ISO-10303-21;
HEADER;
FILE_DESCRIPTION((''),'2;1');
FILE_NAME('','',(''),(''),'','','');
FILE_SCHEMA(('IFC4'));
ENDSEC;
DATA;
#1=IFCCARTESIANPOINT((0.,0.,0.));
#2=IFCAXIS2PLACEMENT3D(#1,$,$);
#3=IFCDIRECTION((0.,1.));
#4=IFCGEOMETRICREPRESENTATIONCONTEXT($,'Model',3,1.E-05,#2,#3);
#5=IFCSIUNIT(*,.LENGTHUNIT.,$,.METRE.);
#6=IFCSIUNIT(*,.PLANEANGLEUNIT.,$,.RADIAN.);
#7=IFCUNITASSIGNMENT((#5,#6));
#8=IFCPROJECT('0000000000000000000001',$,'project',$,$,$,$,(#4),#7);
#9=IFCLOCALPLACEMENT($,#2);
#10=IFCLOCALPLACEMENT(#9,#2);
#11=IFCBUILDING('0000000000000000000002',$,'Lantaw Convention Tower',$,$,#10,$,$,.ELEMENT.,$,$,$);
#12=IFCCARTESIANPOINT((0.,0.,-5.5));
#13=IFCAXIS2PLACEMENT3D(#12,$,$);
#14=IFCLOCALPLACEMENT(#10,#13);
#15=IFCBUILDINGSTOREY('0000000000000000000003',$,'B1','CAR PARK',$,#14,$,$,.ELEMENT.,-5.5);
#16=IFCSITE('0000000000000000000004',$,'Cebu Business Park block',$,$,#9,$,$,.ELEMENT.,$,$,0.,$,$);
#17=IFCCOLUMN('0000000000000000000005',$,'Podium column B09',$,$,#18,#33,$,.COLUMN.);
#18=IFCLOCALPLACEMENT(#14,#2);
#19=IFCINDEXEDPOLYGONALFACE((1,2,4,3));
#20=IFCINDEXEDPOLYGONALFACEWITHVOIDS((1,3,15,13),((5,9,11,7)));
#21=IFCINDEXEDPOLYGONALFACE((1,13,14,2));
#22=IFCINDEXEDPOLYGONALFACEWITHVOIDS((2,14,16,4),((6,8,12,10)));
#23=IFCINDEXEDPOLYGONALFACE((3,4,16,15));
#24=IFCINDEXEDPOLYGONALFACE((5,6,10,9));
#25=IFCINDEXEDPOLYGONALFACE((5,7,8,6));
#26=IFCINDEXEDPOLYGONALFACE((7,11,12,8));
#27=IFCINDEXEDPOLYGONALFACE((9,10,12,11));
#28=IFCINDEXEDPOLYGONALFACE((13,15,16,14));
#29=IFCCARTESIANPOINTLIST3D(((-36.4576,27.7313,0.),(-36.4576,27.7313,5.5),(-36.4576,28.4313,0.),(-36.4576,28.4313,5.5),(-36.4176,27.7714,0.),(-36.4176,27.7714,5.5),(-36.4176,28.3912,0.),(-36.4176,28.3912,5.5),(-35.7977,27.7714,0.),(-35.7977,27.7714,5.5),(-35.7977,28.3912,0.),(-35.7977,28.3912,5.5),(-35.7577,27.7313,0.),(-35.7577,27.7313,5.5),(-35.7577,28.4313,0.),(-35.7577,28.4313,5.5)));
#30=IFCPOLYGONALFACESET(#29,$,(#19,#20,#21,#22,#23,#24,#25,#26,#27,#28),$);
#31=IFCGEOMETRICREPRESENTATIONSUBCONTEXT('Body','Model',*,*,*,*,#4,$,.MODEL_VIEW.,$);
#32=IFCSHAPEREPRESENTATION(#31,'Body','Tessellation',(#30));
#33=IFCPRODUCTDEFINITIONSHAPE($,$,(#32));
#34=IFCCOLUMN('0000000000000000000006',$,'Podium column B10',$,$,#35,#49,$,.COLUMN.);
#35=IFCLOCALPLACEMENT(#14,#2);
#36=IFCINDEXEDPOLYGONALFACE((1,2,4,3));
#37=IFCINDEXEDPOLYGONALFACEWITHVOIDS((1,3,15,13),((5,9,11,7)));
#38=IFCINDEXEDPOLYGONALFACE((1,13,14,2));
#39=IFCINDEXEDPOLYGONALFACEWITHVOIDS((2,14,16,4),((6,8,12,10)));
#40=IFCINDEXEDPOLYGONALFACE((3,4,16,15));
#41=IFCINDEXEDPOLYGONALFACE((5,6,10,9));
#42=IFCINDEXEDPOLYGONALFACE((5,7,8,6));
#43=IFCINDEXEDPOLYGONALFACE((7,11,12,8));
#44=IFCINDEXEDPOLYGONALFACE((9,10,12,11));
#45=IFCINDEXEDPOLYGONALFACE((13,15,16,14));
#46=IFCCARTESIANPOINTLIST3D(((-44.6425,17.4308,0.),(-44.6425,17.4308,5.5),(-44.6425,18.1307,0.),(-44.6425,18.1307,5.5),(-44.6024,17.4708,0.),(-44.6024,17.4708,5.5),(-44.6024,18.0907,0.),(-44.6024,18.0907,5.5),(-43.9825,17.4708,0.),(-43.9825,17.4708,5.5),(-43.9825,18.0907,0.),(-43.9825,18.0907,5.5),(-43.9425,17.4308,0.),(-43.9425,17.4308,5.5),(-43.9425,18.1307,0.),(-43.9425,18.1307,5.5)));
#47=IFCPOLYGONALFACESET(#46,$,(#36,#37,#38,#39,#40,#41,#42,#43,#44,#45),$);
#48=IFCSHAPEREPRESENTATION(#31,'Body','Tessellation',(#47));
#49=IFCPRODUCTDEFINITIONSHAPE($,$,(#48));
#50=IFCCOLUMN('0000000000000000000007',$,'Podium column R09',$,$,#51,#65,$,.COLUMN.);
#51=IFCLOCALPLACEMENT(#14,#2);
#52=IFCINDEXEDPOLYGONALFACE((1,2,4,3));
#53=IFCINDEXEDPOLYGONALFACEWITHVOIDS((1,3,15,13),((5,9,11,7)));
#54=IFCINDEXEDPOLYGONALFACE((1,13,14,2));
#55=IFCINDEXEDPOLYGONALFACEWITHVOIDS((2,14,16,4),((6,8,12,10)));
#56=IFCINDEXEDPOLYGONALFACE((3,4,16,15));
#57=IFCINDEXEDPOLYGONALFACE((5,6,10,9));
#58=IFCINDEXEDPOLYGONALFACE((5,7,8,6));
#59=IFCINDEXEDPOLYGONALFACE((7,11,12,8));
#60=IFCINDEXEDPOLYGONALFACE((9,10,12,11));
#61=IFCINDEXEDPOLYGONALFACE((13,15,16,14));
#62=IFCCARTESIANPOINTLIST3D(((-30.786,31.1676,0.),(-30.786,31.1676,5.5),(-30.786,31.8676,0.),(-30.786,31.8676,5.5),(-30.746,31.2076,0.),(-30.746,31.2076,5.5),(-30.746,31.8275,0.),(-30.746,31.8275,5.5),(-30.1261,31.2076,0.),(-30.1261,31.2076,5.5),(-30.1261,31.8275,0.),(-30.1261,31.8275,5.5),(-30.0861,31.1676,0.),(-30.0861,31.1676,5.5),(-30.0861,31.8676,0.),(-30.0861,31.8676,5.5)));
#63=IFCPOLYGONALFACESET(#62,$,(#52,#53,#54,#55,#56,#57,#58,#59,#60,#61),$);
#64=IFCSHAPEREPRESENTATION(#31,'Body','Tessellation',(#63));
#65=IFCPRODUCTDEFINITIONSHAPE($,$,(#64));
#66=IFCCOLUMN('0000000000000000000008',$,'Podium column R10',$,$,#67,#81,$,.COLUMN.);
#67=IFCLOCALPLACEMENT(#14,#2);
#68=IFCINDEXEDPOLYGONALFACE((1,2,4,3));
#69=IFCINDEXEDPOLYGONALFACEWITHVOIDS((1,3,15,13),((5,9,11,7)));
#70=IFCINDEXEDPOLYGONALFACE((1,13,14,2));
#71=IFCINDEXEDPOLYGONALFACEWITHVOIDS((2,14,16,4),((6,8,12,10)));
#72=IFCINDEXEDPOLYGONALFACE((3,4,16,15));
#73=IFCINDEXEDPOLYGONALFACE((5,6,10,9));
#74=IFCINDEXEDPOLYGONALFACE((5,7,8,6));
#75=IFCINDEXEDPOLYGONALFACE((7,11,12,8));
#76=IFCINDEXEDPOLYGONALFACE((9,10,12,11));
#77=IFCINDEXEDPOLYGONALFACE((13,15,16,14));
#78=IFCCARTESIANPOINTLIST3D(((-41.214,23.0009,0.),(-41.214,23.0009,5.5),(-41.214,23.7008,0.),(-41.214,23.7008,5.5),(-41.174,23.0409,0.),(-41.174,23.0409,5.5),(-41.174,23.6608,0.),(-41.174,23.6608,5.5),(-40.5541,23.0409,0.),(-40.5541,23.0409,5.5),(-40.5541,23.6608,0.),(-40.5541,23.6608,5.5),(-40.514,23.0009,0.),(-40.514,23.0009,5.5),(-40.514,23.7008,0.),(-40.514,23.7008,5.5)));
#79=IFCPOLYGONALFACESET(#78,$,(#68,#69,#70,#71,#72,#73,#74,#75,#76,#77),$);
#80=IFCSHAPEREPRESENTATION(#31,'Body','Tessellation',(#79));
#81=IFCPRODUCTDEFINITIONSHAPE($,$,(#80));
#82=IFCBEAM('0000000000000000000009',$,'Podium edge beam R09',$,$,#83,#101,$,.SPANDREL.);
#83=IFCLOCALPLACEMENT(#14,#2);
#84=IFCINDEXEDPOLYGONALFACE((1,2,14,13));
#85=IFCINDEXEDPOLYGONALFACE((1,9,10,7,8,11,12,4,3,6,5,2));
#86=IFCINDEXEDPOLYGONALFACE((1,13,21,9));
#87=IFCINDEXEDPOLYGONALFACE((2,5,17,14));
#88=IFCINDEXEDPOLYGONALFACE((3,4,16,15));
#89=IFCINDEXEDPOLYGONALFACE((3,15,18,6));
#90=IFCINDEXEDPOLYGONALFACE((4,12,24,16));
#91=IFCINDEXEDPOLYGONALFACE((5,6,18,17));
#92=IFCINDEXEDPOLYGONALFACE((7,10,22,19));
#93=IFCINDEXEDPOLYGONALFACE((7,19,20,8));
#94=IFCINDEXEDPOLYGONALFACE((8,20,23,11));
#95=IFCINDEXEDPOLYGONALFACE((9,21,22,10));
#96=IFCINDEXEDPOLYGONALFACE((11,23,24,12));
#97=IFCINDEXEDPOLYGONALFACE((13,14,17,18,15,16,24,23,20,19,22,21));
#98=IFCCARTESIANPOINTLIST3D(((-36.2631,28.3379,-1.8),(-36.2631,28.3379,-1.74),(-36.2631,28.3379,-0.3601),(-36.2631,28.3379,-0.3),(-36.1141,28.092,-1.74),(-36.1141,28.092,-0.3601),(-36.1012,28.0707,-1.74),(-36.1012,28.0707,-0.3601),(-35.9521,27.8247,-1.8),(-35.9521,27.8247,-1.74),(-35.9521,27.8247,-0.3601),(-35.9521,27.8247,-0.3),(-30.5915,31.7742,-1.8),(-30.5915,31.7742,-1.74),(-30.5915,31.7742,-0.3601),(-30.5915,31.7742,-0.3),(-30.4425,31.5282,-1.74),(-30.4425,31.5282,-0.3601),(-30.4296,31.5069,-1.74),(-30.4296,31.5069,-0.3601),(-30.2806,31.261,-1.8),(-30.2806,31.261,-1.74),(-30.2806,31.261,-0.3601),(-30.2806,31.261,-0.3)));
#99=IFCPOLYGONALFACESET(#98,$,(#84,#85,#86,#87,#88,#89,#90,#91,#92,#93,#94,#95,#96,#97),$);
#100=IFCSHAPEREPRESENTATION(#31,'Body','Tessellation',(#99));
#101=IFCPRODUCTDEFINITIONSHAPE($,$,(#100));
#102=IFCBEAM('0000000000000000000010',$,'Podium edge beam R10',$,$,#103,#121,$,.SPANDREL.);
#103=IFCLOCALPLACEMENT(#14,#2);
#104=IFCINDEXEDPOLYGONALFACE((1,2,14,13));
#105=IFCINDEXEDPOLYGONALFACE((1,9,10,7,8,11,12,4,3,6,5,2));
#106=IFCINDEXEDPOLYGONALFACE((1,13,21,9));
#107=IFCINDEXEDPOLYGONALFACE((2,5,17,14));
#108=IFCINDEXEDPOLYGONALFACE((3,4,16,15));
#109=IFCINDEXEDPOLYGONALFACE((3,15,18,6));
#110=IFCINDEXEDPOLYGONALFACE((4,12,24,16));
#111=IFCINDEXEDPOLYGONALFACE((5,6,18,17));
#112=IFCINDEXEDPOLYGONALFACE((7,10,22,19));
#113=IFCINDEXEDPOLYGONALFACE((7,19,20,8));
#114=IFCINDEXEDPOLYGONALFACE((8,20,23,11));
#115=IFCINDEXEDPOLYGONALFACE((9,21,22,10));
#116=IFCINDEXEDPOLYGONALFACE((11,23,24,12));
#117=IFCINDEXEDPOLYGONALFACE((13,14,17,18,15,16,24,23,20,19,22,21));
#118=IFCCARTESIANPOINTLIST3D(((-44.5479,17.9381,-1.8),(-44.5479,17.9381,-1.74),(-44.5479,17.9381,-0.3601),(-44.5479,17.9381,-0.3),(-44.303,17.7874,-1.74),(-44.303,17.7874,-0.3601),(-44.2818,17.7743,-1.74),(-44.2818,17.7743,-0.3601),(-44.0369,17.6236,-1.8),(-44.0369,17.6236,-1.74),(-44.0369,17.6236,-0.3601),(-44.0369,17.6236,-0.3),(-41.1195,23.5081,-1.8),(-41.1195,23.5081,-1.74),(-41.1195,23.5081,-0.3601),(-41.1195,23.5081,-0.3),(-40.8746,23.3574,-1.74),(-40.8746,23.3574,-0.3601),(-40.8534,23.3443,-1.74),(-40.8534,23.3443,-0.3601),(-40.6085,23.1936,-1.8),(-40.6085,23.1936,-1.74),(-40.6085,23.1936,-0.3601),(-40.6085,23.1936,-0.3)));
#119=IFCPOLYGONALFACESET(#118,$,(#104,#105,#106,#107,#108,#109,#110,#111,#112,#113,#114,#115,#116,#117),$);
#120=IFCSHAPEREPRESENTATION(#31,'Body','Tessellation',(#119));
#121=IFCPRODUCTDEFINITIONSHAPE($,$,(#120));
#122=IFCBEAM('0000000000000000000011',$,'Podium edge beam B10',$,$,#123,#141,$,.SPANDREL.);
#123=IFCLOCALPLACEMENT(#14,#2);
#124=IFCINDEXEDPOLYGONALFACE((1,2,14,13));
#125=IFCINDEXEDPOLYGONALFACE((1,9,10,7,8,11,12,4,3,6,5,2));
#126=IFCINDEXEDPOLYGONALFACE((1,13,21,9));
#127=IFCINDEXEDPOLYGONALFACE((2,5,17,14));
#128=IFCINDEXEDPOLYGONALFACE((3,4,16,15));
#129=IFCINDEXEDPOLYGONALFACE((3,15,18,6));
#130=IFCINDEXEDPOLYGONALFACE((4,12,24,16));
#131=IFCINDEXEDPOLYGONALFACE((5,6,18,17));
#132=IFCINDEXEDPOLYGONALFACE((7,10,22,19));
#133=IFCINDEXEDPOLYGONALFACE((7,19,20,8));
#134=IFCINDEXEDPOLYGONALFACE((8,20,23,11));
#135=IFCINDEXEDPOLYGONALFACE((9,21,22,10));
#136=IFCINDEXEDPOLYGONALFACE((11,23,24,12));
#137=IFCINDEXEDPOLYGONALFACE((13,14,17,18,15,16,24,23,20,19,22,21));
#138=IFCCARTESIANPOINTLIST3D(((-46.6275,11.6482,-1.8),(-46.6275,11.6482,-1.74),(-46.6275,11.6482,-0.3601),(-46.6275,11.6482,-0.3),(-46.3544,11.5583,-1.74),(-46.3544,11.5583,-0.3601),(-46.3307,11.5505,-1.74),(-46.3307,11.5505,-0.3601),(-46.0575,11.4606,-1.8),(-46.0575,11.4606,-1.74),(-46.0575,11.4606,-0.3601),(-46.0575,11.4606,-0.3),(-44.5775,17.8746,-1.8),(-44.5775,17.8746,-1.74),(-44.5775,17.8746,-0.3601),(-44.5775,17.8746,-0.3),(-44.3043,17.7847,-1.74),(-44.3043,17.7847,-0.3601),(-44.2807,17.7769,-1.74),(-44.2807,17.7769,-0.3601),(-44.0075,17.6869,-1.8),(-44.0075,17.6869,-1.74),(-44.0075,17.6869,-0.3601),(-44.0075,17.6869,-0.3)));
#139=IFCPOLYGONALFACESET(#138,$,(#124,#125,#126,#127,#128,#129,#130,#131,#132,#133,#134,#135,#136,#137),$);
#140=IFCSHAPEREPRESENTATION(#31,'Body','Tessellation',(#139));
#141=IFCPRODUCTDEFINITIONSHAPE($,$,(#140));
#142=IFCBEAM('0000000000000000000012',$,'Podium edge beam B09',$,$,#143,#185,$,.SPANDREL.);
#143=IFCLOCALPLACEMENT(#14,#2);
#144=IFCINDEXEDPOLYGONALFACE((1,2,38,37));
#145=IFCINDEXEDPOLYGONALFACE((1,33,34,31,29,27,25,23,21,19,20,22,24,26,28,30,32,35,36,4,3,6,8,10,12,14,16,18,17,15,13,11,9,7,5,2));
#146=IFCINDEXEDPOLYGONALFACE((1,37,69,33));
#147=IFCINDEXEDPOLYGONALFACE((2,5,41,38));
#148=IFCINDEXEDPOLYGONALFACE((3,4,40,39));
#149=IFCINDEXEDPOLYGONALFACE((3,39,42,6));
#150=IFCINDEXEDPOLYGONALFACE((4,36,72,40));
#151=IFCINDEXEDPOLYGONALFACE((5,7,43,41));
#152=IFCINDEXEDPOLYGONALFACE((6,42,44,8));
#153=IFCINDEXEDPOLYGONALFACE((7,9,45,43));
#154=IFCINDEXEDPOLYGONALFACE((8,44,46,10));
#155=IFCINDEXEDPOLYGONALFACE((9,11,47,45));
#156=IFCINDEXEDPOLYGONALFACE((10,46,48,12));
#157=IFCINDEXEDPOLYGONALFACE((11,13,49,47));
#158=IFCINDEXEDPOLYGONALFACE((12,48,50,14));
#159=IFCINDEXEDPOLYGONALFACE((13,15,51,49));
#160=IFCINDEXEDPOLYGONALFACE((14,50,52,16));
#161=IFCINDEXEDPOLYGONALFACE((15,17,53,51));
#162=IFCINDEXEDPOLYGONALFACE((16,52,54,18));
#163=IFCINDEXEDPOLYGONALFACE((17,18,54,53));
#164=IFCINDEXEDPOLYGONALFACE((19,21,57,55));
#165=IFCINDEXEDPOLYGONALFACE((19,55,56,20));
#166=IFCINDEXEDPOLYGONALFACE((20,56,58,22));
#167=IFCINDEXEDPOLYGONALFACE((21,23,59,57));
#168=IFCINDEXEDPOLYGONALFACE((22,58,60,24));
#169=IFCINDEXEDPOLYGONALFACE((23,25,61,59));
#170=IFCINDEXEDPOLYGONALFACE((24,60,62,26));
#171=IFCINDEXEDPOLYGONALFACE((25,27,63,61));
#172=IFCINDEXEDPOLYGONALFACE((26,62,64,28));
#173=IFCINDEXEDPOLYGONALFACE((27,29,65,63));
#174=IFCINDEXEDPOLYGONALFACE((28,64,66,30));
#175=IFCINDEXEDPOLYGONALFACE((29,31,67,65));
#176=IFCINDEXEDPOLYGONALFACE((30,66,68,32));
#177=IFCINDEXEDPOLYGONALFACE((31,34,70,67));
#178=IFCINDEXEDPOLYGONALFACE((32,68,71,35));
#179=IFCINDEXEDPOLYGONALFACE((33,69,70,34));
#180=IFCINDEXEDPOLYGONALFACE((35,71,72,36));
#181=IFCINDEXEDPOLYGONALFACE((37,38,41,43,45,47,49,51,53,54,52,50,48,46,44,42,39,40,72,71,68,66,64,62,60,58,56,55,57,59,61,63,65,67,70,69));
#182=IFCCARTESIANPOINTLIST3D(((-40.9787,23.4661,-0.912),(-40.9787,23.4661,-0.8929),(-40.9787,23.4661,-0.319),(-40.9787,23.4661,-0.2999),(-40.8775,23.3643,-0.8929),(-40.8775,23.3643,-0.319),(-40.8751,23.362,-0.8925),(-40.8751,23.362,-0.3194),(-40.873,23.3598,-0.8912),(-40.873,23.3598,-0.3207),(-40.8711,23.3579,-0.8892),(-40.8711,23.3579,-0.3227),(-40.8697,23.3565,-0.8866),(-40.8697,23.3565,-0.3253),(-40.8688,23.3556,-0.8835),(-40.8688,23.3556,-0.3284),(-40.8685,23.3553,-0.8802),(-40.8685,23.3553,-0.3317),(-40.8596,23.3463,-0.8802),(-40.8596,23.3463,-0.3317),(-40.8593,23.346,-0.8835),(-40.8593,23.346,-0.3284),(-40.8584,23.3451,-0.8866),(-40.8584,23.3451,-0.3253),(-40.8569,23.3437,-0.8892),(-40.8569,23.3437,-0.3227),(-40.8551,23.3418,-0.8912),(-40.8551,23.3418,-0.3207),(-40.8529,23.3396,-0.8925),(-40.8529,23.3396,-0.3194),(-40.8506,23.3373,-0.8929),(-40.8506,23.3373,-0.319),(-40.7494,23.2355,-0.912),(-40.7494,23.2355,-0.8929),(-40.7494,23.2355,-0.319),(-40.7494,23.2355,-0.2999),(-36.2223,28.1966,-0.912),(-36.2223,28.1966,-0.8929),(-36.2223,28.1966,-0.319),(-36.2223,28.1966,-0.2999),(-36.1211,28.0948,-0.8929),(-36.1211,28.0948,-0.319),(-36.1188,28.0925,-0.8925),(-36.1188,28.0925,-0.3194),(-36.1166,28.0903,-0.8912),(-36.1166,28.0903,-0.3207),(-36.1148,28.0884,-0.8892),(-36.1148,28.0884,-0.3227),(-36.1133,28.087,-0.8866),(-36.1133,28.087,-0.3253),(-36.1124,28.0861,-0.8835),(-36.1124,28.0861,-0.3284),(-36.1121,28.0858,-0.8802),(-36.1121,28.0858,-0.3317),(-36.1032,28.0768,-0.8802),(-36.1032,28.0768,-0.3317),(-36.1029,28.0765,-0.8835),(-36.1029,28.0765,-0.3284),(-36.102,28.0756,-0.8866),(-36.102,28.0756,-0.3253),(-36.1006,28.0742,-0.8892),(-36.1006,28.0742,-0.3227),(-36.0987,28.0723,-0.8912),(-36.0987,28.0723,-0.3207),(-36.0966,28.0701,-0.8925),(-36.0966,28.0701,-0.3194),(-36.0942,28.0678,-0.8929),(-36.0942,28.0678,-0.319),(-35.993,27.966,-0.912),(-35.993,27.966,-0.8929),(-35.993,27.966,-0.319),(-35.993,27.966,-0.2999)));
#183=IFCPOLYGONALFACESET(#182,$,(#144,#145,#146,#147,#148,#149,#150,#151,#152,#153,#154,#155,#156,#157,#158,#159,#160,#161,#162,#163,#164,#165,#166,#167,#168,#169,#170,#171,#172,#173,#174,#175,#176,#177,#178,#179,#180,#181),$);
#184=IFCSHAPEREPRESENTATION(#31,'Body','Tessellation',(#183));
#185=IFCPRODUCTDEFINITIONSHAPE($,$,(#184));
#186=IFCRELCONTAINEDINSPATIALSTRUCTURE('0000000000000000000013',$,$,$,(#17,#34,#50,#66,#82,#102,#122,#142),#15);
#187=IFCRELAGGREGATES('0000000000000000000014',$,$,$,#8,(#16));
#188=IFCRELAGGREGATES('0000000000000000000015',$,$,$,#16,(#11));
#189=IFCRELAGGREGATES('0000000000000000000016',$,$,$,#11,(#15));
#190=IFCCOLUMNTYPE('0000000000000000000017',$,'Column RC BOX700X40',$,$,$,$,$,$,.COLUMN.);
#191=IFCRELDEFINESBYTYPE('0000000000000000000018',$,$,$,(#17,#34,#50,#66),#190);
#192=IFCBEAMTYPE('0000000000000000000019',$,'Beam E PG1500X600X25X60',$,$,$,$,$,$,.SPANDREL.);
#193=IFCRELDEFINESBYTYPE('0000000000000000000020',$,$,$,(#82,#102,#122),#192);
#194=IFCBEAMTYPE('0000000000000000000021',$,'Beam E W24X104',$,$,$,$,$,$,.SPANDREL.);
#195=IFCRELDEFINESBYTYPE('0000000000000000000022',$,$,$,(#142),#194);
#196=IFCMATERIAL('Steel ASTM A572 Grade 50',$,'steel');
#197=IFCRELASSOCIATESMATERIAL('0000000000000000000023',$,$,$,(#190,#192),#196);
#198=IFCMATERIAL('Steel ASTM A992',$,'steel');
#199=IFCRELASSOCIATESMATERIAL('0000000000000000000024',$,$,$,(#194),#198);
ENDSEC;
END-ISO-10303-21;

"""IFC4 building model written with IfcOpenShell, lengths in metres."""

from ifc_helpers import new_model, si_unit, direction, frame, origin, origin_2d, place, context, subcontext, project, spatial, hollow_rectangle, i_section, extrude, material, material_profile, profile_set, type_object, element, save


model = new_model("IFC4")

# Units and contexts
model_context = context("Model", 3, precision=1e-05, world=origin(), true_north=direction((0.0, 1.0)))
body_context = subcontext(model_context, "Body", "Model", "MODEL_VIEW")
ifc_project = project(units=[si_unit("LENGTHUNIT", "METRE"), si_unit("PLANEANGLEUNIT", "RADIAN")], contexts=[model_context])

# Site, building, storey
site_placement = place(None, origin())
site = spatial("IfcSite", under=ifc_project, at=site_placement, Name="Cebu Business Park block", CompositionType="ELEMENT", RefElevation=0.0)
building_placement = place(site_placement, origin())
building = spatial("IfcBuilding", under=site, at=building_placement, Name="Lantaw Convention Tower", CompositionType="ELEMENT")
storey_placement = place(building_placement, frame((0.0, 0.0, -5.5)))
storey = spatial("IfcBuildingStorey", under=building, at=storey_placement, Name="B1", Description="CAR PARK", CompositionType="ELEMENT", Elevation=-5.5)

# Columns
ifc_material_1 = material(Name="Steel ASTM A572 Grade 50", Category="steel")
ifc_material_profile_1 = material_profile(ifc_material_1, hollow_rectangle(XDim=0.7, YDim=0.7, WallThickness=0.04, at=origin_2d()), Name="BOX700X40")
ifc_profile_set_1 = profile_set([ifc_material_profile_1], Name="Steel ASTM A572 Grade 50")
column_type = type_object("IfcColumnType", Name="Column RC BOX700X40", PredefinedType="COLUMN", material=ifc_profile_set_1)
for number, where, z_axis, x_axis, name in (
    (1, (-36.1077, 28.0813, 0.0), (0.0, 0.0, 1.0), (1.0, 0.0, 0.0), "Podium column B09"),
    (2, (-44.2925, 17.7808, 0.0), (0.0, 0.0, 1.0), (1.0, 0.0, 0.0), "Podium column B10"),
    (3, (-30.436, 31.5176, 0.0), (0.0, 0.0, 1.0), (1.0, 0.0, 0.0), "Podium column R09"),
    (4, (-40.864, 23.3508, 0.0), (0.0, 0.0, 1.0), (1.0, 0.0, 0.0), "Podium column R10"),
):
    element("IfcColumn", number, at=place(storey_placement, frame(where, z_axis=z_axis, x_axis=x_axis)), inside=storey, type_object=column_type, Name=name, PredefinedType="COLUMN", context=body_context, shape_type="SweptSolid", body=[
        extrude(hollow_rectangle(XDim=0.7, YDim=0.7, WallThickness=0.04, at=origin_2d()), origin(), (0.0, 0.0, 1.0), 5.5),
    ])

# Beams
ifc_material_profile_2 = material_profile(ifc_material_1, i_section(OverallWidth=0.6001, OverallDepth=1.5, WebThickness=0.0249, FlangeThickness=0.0601, at=origin_2d()), Name="PG1500X600X25X60")
ifc_profile_set_2 = profile_set([ifc_material_profile_2], Name="Steel ASTM A572 Grade 50")
beam_type_1 = type_object("IfcBeamType", Name="Beam E PG1500X600X25X60", PredefinedType="SPANDREL", material=ifc_profile_set_2)
beam_1_placement = place(storey_placement, frame((-30.436, 31.5176, -1.05), z_axis=(-0.85527, -0.518183, 0.0), x_axis=(0.518183, -0.85527, 0.0)))
element("IfcBeam", 5, at=beam_1_placement, inside=storey, type_object=beam_type_1, Name="Podium edge beam R09", PredefinedType="SPANDREL", context=body_context, shape_type="SweptSolid", body=[
    extrude(i_section(OverallWidth=0.6001, OverallDepth=1.5, WebThickness=0.0249, FlangeThickness=0.0601, at=origin_2d()), origin(), (0.0, 0.0, 1.0), 6.6313),
])
beam_2_placement = place(storey_placement, frame((-40.864, 23.3508, -1.05), z_axis=(-0.524179, -0.851608, 0.0), x_axis=(0.851608, -0.524179, 0.0)))
element("IfcBeam", 6, at=beam_2_placement, inside=storey, type_object=beam_type_1, Name="Podium edge beam R10", PredefinedType="SPANDREL", context=body_context, shape_type="SweptSolid", body=[
    extrude(i_section(OverallWidth=0.6001, OverallDepth=1.5, WebThickness=0.0249, FlangeThickness=0.0601, at=origin_2d()), origin(), (0.0, 0.0, 1.0), 6.5405),
])
beam_3_placement = place(storey_placement, frame((-44.2925, 17.7808, -1.05), z_axis=(-0.31274, -0.949839, 0.0), x_axis=(0.949839, -0.31274, 0.0)))
element("IfcBeam", 7, at=beam_3_placement, inside=storey, type_object=beam_type_1, Name="Podium edge beam B10", PredefinedType="SPANDREL", context=body_context, shape_type="SweptSolid", body=[
    extrude(i_section(OverallWidth=0.6001, OverallDepth=1.5, WebThickness=0.0249, FlangeThickness=0.0601, at=origin_2d()), origin(), (0.0, 0.0, 1.0), 6.5552),
])
ifc_material_2 = material(Name="Steel ASTM A992", Category="steel")
ifc_material_profile_3 = material_profile(ifc_material_2, i_section(OverallWidth=0.3252, OverallDepth=0.6121, WebThickness=0.0127, FlangeThickness=0.019, FilletRadius=0.0127, at=origin_2d()), Name="W24X104")
ifc_profile_set_3 = profile_set([ifc_material_profile_3], Name="Steel ASTM A992")
beam_type_2 = type_object("IfcBeamType", Name="Beam E W24X104", PredefinedType="SPANDREL", material=ifc_profile_set_3)
beam_4_placement = place(storey_placement, frame((-36.1077, 28.0813, -0.606), z_axis=(-0.709033, -0.705175, 0.0), x_axis=(0.705175, -0.709033, 0.0)))
element("IfcBeam", 8, at=beam_4_placement, inside=storey, type_object=beam_type_2, Name="Podium edge beam B09", PredefinedType="SPANDREL", context=body_context, shape_type="SweptSolid", body=[
    extrude(i_section(OverallWidth=0.3252, OverallDepth=0.6121, WebThickness=0.0127, FlangeThickness=0.019, FilletRadius=0.0127, at=origin_2d()), origin(), (0.0, 0.0, 1.0), 6.7083),
])

save(model, "model.ifc")
